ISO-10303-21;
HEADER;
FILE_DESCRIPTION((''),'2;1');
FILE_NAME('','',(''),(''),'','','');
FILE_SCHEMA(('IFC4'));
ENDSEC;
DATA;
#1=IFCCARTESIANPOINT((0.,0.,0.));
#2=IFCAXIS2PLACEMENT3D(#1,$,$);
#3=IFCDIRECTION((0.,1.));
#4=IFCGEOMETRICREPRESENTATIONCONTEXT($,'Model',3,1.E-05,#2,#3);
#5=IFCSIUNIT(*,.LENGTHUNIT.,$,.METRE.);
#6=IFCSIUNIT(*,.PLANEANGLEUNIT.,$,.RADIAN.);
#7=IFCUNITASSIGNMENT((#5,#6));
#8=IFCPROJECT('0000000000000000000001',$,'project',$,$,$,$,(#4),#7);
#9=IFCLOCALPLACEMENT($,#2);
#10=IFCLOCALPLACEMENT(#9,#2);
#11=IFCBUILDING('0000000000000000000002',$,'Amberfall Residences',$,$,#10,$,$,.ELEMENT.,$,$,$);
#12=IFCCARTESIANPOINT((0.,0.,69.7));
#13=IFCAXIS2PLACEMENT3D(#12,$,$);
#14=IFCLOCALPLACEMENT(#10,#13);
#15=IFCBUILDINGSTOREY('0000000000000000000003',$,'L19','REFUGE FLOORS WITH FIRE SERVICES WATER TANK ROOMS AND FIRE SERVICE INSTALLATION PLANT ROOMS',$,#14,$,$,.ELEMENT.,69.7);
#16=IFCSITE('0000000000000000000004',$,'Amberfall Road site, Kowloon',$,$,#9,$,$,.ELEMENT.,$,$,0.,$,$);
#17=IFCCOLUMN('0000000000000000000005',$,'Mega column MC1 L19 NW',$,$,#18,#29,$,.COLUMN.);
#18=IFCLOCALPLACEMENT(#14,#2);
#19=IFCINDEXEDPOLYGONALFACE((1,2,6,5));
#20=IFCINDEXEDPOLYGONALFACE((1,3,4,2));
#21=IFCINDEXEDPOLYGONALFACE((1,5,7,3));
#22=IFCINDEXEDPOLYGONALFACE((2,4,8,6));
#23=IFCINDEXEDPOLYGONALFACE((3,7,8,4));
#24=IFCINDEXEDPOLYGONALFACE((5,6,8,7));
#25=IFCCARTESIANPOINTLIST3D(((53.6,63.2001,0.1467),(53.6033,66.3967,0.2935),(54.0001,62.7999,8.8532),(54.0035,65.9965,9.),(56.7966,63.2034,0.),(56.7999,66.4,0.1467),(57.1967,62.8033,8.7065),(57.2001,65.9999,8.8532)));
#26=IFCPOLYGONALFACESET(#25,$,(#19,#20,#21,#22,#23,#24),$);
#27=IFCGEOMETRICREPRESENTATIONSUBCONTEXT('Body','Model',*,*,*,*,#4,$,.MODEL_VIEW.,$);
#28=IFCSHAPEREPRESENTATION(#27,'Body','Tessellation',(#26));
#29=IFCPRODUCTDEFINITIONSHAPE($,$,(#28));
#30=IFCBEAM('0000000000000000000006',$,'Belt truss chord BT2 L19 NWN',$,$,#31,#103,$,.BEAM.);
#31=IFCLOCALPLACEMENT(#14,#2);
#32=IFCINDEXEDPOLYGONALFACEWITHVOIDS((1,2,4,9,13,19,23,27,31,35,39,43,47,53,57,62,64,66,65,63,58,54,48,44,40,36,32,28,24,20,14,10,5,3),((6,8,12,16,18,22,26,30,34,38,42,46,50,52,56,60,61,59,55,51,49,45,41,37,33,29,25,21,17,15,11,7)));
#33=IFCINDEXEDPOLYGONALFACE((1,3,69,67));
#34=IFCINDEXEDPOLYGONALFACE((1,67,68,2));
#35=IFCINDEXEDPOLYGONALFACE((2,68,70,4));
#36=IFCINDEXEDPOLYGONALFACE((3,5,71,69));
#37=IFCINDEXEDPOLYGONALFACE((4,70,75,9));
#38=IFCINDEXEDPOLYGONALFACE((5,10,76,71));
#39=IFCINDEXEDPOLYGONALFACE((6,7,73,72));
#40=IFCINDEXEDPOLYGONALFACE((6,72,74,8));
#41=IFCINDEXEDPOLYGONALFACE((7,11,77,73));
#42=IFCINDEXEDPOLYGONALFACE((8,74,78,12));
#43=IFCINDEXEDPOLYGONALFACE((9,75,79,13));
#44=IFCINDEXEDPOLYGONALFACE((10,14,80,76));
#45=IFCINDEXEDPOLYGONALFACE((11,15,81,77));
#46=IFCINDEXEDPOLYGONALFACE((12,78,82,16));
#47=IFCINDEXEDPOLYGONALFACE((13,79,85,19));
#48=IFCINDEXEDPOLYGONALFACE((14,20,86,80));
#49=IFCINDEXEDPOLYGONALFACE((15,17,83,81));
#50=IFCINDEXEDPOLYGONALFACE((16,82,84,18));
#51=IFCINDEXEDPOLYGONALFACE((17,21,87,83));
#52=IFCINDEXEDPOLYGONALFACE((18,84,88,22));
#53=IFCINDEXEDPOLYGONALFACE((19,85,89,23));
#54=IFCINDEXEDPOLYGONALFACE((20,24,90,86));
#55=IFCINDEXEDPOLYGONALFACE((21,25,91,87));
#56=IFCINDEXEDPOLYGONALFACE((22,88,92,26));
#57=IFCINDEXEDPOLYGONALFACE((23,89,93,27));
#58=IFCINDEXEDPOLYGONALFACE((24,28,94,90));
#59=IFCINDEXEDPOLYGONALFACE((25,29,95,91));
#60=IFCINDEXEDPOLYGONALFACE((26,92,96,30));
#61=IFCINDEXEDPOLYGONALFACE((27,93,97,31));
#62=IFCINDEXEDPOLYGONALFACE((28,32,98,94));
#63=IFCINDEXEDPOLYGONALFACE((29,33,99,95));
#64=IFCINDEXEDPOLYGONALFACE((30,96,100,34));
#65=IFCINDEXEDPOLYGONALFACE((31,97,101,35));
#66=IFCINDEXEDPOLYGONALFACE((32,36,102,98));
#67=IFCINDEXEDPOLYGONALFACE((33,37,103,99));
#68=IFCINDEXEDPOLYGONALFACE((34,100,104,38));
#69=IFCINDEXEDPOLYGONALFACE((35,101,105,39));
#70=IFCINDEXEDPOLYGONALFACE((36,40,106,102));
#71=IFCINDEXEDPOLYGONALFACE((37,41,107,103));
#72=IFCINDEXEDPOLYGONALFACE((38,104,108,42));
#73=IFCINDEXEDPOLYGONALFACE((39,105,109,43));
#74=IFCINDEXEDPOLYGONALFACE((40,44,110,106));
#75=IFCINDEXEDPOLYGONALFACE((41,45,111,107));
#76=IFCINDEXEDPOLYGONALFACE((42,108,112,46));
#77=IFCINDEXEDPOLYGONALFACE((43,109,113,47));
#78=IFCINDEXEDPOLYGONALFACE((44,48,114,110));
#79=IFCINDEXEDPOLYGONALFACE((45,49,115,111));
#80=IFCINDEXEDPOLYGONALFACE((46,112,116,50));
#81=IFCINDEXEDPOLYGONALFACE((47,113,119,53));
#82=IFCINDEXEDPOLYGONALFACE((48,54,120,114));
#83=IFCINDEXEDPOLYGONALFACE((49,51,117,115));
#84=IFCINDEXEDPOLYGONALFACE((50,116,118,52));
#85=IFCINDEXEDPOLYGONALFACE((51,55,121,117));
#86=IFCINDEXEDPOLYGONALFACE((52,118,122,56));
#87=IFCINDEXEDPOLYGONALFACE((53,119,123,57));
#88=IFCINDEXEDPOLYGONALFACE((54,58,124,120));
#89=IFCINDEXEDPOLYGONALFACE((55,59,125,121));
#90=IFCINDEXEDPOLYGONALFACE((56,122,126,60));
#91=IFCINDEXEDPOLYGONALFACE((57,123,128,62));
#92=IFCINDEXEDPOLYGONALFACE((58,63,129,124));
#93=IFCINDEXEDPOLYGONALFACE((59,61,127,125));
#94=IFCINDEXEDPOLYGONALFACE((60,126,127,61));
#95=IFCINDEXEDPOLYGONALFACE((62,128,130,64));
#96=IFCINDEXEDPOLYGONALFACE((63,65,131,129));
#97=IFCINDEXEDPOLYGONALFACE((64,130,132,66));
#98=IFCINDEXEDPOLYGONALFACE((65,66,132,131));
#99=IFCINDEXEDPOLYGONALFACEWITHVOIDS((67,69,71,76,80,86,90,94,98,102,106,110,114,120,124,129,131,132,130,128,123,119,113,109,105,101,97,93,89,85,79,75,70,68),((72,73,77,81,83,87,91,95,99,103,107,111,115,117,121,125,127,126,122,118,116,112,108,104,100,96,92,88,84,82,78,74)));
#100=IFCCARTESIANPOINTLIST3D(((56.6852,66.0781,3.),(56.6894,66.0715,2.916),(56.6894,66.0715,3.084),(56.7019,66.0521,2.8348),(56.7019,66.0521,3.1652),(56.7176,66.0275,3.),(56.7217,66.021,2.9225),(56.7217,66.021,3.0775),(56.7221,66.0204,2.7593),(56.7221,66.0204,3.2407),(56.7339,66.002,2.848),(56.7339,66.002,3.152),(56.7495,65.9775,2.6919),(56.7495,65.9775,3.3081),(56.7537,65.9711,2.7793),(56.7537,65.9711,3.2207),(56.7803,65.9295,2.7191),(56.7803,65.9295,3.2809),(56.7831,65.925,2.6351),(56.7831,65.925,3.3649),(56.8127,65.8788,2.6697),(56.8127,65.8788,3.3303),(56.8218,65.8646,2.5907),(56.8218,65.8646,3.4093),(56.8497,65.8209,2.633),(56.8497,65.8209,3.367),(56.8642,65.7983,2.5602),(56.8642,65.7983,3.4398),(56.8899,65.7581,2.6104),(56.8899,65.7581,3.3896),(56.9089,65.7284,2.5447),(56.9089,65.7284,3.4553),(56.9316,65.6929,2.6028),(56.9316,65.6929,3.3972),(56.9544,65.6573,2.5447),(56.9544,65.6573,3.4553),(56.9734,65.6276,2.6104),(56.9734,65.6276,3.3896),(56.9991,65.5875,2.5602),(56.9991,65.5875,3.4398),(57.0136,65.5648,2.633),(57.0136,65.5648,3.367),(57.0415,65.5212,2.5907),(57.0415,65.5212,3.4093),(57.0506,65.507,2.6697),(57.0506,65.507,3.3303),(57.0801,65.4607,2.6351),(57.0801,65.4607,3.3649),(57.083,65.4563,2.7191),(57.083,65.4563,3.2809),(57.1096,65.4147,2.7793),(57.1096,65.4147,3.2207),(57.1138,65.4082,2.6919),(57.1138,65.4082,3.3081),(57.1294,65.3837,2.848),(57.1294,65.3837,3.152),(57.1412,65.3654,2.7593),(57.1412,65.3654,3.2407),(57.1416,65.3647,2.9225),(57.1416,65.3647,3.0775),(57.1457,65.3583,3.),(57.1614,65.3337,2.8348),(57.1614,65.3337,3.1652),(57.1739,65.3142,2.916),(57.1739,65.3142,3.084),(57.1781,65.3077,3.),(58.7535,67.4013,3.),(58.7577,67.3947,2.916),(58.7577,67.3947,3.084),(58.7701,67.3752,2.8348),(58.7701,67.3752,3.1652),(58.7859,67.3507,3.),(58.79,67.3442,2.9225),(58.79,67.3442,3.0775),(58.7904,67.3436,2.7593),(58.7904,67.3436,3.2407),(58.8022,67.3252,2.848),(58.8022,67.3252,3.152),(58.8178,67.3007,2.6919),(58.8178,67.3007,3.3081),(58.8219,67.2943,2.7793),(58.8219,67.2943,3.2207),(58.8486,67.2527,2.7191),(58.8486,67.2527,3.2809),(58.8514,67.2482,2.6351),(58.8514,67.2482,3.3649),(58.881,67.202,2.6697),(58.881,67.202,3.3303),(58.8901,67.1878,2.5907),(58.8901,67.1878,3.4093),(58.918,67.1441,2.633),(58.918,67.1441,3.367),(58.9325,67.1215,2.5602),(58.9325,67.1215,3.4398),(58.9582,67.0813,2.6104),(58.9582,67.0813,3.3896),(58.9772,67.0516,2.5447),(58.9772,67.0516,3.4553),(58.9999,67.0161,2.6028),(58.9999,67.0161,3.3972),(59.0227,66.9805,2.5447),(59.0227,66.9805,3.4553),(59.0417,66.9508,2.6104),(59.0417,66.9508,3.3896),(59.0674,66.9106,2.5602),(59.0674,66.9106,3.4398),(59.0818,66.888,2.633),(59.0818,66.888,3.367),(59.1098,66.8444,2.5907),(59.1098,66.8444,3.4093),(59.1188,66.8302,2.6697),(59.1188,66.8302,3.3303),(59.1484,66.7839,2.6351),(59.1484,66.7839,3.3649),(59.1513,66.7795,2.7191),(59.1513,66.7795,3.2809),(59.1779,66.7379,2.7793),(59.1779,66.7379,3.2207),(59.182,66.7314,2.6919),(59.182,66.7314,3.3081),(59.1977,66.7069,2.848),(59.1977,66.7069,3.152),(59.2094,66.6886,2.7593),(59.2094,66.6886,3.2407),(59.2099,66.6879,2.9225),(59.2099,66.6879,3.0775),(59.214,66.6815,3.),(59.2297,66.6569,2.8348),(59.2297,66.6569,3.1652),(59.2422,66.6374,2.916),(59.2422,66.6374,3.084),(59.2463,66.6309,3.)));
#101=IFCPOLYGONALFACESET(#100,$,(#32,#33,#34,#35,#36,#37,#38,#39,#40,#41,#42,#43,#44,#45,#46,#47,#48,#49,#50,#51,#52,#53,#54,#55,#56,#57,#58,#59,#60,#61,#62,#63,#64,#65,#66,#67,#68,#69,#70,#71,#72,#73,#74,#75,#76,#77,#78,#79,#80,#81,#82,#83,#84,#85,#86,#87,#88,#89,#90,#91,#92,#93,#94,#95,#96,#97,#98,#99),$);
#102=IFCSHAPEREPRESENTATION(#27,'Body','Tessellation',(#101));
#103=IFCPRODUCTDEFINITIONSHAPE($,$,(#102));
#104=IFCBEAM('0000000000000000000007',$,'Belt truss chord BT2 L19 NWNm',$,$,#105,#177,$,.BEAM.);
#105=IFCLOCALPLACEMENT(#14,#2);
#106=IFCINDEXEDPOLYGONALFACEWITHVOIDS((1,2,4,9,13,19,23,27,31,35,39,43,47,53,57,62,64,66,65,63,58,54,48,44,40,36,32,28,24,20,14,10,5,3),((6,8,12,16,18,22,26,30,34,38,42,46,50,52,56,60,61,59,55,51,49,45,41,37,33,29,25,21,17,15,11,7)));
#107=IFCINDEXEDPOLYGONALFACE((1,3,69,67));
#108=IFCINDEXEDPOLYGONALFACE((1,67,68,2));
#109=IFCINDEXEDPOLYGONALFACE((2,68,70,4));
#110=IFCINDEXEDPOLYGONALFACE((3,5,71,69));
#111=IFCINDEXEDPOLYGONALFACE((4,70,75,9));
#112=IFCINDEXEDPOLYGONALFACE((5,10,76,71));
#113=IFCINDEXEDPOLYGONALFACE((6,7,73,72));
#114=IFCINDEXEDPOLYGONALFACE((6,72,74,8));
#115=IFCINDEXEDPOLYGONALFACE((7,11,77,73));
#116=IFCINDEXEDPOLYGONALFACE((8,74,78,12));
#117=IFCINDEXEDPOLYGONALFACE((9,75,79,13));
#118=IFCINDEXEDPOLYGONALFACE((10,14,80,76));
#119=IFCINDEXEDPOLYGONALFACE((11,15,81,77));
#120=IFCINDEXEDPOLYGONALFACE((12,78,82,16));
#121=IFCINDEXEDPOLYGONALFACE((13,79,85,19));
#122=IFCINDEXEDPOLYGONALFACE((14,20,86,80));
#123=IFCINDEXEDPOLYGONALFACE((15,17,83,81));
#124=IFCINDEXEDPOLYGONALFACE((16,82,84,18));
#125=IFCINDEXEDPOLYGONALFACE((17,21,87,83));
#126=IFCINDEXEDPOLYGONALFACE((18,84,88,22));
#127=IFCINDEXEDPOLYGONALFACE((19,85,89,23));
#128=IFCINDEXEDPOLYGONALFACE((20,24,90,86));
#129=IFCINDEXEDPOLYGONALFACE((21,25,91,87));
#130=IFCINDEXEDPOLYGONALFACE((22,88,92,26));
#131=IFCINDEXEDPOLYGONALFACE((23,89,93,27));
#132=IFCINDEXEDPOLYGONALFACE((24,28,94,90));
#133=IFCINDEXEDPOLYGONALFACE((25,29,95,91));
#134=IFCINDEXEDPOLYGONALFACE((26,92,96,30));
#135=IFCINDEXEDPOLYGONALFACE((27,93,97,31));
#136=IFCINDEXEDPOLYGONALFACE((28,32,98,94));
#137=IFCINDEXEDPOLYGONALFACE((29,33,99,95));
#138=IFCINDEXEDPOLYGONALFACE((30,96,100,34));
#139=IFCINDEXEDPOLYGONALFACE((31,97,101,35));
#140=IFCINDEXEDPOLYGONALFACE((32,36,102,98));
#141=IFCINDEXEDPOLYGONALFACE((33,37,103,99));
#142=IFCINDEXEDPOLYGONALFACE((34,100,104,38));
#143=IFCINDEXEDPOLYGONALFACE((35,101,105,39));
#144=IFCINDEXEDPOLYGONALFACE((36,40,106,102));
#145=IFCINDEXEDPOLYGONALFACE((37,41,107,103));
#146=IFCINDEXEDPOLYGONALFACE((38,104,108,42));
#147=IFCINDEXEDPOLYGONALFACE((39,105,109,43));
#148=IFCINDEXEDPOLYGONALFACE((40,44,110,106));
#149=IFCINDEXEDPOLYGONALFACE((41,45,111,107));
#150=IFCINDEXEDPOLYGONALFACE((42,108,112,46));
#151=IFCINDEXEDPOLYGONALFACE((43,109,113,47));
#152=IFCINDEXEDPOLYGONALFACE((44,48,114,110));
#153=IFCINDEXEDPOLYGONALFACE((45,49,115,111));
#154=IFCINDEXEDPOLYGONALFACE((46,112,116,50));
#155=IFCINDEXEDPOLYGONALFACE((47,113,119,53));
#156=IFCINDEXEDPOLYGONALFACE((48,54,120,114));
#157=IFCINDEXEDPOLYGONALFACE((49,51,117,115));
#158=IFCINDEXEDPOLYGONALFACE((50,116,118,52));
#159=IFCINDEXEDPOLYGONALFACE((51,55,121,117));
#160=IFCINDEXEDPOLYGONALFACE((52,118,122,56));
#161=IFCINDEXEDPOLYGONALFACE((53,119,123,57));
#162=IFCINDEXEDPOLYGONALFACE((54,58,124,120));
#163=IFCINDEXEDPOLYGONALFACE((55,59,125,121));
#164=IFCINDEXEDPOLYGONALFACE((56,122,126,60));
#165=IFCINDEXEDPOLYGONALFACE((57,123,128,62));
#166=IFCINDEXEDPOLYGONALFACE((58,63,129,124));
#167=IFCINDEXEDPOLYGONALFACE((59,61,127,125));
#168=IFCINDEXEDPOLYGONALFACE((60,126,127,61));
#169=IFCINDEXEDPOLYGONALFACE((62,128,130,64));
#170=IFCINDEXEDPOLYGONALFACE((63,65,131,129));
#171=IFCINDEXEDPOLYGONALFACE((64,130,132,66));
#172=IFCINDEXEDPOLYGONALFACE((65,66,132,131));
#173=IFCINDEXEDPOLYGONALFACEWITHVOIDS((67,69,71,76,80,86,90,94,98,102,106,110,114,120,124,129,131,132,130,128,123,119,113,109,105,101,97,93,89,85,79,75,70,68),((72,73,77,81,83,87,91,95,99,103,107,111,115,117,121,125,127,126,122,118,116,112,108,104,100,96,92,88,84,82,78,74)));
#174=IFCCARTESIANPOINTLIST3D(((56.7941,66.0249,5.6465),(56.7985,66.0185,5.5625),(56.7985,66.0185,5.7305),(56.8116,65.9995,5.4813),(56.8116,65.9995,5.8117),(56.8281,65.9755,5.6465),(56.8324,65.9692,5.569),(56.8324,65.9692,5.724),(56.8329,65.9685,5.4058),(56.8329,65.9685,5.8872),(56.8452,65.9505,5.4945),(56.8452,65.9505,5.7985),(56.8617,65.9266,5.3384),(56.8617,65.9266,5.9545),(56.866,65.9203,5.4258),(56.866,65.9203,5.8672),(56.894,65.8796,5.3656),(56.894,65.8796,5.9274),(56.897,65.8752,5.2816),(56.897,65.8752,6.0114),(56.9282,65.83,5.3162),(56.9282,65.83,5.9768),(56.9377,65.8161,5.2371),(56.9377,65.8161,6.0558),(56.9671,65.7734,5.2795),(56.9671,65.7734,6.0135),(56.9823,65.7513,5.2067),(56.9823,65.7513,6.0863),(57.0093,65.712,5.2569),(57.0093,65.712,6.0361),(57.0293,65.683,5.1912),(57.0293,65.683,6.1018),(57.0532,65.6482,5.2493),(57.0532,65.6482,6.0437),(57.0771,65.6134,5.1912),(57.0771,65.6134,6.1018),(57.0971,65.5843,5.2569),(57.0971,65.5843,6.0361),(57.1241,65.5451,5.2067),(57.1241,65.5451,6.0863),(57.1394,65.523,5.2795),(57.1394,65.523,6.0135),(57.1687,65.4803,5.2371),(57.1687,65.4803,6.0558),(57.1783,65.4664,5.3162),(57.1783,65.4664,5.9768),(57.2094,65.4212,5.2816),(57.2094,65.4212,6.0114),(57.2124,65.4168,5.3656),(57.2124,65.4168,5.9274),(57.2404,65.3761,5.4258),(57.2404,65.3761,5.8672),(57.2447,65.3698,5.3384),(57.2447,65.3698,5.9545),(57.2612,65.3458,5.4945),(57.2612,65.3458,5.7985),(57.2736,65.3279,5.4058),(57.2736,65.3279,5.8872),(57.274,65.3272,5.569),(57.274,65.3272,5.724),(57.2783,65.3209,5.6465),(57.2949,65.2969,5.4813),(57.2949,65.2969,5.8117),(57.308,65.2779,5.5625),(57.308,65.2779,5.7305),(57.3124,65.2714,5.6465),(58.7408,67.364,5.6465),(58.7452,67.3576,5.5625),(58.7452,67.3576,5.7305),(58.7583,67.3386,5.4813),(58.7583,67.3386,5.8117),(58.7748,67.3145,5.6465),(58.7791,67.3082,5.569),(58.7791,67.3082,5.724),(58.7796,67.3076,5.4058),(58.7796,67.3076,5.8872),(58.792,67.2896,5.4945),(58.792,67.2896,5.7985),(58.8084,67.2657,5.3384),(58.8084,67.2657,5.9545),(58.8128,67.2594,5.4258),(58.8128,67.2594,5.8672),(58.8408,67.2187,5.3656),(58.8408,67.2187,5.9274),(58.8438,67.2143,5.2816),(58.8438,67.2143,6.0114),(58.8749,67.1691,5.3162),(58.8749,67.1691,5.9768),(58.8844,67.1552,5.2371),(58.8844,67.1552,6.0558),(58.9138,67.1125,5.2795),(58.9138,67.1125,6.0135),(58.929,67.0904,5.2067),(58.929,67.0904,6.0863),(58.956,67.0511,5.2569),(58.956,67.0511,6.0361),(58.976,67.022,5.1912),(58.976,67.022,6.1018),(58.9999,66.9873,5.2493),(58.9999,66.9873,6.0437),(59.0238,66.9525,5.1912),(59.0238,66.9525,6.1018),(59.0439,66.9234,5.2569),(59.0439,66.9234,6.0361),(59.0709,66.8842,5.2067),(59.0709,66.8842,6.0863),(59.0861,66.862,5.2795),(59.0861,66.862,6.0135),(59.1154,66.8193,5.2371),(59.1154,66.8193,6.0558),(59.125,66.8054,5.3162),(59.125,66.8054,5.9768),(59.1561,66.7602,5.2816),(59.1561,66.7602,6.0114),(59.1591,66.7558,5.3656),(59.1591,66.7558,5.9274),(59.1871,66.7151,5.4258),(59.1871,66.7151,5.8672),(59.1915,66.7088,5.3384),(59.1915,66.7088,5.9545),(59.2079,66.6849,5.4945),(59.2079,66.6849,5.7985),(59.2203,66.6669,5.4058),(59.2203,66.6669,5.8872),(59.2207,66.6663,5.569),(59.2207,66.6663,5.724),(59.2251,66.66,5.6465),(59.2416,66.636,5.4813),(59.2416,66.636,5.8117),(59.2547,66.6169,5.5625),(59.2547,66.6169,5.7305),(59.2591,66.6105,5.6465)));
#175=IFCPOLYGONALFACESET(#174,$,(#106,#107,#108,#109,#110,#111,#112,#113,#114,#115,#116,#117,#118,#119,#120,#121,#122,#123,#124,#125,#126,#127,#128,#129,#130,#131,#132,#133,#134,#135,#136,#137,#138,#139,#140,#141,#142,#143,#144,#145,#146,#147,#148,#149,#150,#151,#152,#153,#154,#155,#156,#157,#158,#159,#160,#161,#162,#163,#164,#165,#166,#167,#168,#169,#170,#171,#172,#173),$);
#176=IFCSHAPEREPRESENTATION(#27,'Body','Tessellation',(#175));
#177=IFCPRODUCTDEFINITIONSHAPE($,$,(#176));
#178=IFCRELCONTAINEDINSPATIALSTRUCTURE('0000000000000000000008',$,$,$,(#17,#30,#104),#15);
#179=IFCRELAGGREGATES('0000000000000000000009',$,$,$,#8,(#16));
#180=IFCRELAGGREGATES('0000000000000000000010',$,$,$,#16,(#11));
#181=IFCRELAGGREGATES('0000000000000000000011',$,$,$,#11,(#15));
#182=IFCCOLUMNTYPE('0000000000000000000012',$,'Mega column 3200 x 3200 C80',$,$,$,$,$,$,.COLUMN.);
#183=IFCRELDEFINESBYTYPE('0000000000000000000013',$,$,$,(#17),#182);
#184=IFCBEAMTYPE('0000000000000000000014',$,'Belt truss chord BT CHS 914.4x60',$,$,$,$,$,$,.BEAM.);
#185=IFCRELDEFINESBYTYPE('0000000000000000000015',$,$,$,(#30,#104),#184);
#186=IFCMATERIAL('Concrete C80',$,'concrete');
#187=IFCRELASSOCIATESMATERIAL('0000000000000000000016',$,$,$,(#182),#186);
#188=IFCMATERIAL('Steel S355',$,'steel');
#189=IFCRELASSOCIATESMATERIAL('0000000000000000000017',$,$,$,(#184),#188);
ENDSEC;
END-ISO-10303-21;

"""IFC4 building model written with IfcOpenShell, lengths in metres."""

from ifc_helpers import new_model, si_unit, direction, frame, origin, origin_2d, place, context, subcontext, project, spatial, rectangle, hollow_circle, extrude, material, material_profile, profile_set, type_object, element, save


model = new_model("IFC4")

# Units and contexts
model_context = context("Model", 3, precision=1e-05, world=origin(), true_north=direction((0.0, 1.0)))
body_context = subcontext(model_context, "Body", "Model", "MODEL_VIEW")
ifc_project = project(units=[si_unit("LENGTHUNIT", "METRE"), si_unit("PLANEANGLEUNIT", "RADIAN")], contexts=[model_context])

# Site, building, storey
site_placement = place(None, origin())
site = spatial("IfcSite", under=ifc_project, at=site_placement, Name="Amberfall Road site, Kowloon", CompositionType="ELEMENT", RefElevation=0.0)
building_placement = place(site_placement, origin())
building = spatial("IfcBuilding", under=site, at=building_placement, Name="Amberfall Residences", CompositionType="ELEMENT")
storey_placement = place(building_placement, frame((0.0, 0.0, 69.7)))
storey = spatial("IfcBuildingStorey", under=building, at=storey_placement, Name="L19", Description="REFUGE FLOORS WITH FIRE SERVICES WATER TANK ROOMS AND FIRE SERVICE INSTALLATION PLANT ROOMS", CompositionType="ELEMENT", Elevation=69.7)

# Column
ifc_material_1 = material(Name="Concrete C80", Category="concrete")
ifc_material_profile_1 = material_profile(ifc_material_1, rectangle(XDim=3.2, YDim=3.2, at=origin_2d()), Name="Mega column 3200 x 3200 C80")
ifc_profile_set_1 = profile_set([ifc_material_profile_1], Name="Concrete C80")
column_type = type_object("IfcColumnType", Name="Mega column 3200 x 3200 C80", PredefinedType="COLUMN", material=ifc_profile_set_1)
column_placement = place(storey_placement, frame((55.2, 64.8, 0.1467), z_axis=(0.045863, -0.045863, 0.997894), x_axis=(0.001053, 0.998947, 0.045863)))
element("IfcColumn", 1, at=column_placement, inside=storey, type_object=column_type, Name="Mega column MC1 L19 NW", PredefinedType="COLUMN", context=body_context, shape_type="SweptSolid", body=[
    extrude(rectangle(XDim=3.2, YDim=3.2, at=origin_2d()), origin(), (0.0, 0.0, 1.0), 8.7249),
])

# Beams
ifc_material_2 = material(Name="Steel S355", Category="steel")
ifc_material_profile_2 = material_profile(ifc_material_2, hollow_circle(Radius=0.4573, WallThickness=0.0601, at=origin_2d()), Name="CHS 914.4x60")
ifc_profile_set_2 = profile_set([ifc_material_profile_2], Name="Steel S355")
beam_type_1 = type_object("IfcBeamType", Name="Belt truss chord BT CHS 914.4x60", PredefinedType="BEAM", material=ifc_profile_set_2)
beam_1_placement = place(storey_placement, frame((56.9316, 65.6929, 3.0), z_axis=(0.842365, 0.538907, 0.0), x_axis=(-0.538907, 0.842365, 0.0)))
element("IfcBeam", 2, at=beam_1_placement, inside=storey, type_object=beam_type_1, Name="Belt truss chord BT2 L19 NWN", PredefinedType="BEAM", context=body_context, shape_type="SweptSolid", body=[
    extrude(hollow_circle(Radius=0.4573, WallThickness=0.0601, at=origin_2d()), origin(), (0.0, 0.0, 1.0), 2.4553),
])
beam_2_placement = place(storey_placement, frame((57.0532, 65.6482, 5.6465), z_axis=(0.823903, 0.566731, 0.0), x_axis=(-0.566731, 0.823903, 0.0)))
element("IfcBeam", 3, at=beam_2_placement, inside=storey, type_object=beam_type_1, Name="Belt truss chord BT2 L19 NWNm", PredefinedType="BEAM", context=body_context, shape_type="SweptSolid", body=[
    extrude(hollow_circle(Radius=0.4573, WallThickness=0.0601, at=origin_2d()), origin(), (0.0, 0.0, 1.0), 2.3628),
])

save(model, "model.ifc")
